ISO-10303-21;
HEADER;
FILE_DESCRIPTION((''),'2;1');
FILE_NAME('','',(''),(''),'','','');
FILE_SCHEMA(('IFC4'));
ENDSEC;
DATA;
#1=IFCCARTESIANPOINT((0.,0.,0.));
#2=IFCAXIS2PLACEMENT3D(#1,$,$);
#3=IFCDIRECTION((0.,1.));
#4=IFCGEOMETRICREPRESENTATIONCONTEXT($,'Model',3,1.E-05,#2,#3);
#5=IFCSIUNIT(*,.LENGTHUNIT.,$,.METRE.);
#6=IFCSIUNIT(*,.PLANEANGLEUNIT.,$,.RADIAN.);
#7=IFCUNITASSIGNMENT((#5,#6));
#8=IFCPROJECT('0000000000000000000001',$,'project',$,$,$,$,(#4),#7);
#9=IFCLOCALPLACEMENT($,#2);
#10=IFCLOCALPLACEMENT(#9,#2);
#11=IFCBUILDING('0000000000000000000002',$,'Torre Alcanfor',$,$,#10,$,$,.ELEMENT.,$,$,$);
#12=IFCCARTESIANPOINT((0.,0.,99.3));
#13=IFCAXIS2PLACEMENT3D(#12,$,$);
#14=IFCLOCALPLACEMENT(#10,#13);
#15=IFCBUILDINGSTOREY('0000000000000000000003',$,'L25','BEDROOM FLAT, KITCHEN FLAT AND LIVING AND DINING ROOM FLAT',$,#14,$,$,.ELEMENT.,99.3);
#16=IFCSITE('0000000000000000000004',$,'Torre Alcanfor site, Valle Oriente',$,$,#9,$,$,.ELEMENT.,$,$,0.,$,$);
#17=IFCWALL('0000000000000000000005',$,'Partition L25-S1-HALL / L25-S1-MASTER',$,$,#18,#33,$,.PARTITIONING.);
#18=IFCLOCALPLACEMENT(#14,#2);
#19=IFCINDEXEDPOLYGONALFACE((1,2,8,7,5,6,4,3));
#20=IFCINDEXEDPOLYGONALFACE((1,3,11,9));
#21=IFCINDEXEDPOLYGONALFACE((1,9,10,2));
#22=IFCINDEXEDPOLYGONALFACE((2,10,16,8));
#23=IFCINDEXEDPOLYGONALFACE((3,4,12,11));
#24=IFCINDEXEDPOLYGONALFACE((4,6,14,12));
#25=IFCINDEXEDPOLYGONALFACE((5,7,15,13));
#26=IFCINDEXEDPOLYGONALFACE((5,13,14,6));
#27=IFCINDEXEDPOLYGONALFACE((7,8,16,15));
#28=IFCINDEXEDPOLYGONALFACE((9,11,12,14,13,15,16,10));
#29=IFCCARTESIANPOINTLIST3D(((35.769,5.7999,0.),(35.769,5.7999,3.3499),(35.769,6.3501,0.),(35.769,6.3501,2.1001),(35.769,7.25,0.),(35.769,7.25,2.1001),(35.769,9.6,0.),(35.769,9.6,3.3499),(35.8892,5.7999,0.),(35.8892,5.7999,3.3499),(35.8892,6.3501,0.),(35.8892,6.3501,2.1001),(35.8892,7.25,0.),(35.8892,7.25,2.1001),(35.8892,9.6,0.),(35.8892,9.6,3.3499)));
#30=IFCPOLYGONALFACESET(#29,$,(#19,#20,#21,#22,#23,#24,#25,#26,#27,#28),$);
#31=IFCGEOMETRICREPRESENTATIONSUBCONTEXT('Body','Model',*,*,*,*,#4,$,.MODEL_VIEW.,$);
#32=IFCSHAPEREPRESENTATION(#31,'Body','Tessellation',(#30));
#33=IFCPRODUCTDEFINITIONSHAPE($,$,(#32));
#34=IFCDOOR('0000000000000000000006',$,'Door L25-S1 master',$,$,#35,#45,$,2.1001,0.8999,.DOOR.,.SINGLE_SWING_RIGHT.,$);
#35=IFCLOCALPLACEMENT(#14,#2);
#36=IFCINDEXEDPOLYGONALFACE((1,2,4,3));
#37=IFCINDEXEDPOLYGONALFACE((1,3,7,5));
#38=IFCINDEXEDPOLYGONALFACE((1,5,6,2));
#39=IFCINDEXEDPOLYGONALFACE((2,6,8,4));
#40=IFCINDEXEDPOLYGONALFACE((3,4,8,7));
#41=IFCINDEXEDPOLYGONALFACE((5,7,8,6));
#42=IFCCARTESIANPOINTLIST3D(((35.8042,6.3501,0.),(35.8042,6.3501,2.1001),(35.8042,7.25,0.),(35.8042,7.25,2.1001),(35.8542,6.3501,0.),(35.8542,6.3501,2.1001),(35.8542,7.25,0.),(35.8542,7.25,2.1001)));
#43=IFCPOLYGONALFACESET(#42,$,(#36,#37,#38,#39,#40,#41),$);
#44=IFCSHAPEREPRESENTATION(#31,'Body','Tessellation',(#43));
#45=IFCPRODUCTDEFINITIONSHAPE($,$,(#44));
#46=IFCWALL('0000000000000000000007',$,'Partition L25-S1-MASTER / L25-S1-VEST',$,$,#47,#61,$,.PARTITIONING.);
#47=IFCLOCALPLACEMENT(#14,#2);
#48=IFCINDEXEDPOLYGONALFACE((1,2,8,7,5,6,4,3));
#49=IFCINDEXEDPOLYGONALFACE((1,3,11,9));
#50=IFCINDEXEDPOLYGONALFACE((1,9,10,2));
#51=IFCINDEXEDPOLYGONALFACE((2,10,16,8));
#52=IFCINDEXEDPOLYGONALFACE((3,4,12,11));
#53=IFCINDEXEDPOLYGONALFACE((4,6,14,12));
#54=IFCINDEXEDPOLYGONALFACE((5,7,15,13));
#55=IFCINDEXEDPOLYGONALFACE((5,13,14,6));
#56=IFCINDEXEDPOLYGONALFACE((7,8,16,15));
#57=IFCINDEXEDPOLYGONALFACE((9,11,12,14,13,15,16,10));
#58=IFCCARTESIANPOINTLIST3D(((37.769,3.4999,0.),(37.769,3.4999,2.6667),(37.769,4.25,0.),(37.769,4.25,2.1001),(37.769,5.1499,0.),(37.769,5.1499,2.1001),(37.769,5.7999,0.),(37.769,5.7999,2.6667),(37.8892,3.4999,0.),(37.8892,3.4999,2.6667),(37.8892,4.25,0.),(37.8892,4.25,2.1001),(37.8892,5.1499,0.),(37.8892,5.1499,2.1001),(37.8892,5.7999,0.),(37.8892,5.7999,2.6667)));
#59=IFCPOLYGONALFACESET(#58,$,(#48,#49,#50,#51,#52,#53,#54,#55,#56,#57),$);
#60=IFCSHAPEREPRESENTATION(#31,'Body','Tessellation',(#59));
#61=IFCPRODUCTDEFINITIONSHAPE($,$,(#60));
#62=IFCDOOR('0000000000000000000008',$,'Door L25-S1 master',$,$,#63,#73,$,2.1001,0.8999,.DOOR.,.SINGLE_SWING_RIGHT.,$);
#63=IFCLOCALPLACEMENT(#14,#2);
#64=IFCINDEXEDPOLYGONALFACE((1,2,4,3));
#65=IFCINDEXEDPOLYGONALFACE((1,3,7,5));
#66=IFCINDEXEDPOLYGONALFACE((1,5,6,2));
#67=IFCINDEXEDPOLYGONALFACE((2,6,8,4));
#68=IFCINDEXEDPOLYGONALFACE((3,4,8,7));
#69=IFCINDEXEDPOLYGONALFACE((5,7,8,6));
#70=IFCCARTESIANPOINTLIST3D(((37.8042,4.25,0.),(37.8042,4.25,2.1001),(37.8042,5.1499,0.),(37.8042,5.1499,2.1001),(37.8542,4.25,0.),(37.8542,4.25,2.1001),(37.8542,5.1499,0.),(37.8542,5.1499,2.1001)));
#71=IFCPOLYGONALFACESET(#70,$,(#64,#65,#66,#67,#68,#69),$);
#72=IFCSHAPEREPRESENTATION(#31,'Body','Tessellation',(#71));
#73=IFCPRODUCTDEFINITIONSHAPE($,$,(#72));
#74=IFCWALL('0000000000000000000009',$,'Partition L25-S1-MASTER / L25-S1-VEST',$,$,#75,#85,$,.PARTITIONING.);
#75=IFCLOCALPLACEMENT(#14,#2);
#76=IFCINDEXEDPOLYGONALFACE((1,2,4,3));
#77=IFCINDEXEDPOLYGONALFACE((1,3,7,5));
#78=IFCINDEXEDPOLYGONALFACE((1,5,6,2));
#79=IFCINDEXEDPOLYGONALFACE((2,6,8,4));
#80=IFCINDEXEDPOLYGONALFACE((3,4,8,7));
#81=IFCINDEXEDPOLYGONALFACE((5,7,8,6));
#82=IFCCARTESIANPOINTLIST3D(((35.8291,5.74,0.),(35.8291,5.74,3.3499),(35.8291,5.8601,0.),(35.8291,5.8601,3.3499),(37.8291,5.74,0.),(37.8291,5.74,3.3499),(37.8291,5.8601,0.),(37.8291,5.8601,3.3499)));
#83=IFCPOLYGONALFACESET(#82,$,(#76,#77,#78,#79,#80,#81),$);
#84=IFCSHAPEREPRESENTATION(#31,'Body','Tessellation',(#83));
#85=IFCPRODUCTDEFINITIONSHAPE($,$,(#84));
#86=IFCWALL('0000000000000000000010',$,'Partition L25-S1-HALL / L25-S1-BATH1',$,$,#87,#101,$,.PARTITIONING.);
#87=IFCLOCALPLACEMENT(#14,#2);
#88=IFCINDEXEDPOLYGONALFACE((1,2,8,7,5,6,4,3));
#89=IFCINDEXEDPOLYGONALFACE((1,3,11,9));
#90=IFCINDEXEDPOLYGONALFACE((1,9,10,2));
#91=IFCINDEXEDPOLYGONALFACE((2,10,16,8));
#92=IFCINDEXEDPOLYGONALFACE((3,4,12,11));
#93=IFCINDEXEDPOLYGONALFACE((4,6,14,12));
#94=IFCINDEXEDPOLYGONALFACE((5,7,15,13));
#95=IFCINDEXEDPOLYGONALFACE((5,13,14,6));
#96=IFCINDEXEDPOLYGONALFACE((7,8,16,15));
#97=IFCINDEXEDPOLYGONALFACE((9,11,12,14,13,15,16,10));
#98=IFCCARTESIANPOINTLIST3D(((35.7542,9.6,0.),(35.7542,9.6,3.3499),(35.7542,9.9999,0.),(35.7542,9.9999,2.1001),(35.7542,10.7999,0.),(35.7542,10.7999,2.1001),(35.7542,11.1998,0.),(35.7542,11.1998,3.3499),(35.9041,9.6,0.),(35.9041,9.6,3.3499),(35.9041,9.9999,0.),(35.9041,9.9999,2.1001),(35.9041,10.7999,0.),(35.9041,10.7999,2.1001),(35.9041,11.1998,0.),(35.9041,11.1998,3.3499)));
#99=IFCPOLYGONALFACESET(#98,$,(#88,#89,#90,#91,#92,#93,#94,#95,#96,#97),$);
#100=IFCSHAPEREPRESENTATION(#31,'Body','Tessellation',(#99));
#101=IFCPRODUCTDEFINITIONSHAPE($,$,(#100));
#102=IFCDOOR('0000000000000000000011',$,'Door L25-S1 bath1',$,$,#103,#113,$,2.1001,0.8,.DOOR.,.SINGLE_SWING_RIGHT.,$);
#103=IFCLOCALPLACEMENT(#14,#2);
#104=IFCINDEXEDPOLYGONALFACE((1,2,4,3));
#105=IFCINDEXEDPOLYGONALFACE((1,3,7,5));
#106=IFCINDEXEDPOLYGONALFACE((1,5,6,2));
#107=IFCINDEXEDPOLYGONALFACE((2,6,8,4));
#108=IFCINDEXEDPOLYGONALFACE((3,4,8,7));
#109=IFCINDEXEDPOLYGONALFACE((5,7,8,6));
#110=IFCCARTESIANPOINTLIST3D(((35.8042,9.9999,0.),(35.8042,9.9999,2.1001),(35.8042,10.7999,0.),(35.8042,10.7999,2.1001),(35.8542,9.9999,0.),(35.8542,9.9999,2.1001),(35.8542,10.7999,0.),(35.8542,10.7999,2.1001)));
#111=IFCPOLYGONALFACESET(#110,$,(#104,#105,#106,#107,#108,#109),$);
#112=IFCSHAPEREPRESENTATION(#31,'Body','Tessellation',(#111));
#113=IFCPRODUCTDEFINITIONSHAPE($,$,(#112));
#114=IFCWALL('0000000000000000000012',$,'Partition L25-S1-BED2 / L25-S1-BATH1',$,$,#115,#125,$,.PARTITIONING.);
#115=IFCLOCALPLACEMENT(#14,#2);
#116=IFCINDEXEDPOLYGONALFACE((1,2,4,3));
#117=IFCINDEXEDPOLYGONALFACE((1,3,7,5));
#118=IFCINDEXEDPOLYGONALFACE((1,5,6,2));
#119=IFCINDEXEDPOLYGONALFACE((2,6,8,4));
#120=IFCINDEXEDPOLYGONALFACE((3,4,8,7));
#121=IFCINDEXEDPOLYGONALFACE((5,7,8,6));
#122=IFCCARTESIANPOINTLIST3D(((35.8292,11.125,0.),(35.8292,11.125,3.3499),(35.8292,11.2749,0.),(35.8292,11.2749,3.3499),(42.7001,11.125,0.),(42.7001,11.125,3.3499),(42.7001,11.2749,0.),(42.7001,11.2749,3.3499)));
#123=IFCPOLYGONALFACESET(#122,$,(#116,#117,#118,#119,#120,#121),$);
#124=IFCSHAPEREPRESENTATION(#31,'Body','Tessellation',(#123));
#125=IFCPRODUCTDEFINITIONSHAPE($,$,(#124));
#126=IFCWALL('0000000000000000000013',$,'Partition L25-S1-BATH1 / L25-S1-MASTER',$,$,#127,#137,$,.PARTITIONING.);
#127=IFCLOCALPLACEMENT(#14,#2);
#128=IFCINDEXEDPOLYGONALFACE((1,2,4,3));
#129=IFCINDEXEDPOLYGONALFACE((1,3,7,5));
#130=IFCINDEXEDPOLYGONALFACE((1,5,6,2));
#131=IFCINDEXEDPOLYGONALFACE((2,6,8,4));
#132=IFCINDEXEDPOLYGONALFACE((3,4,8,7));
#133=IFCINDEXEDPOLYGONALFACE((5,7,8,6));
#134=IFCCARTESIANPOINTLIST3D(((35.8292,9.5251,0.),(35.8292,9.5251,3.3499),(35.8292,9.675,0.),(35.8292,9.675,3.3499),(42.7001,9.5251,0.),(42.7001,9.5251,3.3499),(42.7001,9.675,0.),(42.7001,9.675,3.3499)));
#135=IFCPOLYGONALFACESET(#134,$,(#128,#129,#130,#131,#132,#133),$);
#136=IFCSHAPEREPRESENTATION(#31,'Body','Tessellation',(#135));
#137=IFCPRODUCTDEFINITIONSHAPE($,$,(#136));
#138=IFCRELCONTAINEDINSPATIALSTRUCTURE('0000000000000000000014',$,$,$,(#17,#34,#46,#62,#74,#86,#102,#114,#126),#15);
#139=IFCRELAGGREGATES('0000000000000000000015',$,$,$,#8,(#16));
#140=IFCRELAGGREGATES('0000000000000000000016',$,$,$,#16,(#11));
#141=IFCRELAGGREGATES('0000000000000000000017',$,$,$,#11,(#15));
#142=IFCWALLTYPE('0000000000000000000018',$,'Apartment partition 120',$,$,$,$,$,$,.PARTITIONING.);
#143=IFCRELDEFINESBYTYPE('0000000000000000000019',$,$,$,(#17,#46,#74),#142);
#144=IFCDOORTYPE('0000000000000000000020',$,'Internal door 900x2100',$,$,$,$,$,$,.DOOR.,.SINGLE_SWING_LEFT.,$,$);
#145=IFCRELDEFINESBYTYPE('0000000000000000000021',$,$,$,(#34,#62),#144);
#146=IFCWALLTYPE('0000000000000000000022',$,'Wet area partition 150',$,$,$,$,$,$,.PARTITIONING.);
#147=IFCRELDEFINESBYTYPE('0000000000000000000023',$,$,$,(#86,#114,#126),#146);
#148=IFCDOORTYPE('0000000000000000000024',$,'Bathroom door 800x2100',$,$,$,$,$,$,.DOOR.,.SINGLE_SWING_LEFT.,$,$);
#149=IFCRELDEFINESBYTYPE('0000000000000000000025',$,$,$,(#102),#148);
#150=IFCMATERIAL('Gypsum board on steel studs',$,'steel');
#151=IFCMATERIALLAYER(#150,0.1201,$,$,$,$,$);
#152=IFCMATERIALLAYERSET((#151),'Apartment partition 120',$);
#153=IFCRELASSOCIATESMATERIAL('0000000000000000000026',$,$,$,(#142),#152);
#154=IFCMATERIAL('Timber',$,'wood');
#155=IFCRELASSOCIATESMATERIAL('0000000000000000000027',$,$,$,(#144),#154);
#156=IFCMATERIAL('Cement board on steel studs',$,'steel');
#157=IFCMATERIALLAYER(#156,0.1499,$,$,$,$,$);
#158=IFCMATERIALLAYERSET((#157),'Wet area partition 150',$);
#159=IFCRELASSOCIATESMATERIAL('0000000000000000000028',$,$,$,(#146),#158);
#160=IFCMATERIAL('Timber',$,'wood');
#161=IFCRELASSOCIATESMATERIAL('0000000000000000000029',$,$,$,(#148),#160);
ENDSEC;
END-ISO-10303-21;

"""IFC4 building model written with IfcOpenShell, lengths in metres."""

from ifc_helpers import new_model, si_unit, direction, frame, frame_2d, origin, place, context, subcontext, project, spatial, rectangle, extrude, material, layer, layer_set, type_object, element, fill, save


model = new_model("IFC4")

# Units and contexts
model_context = context("Model", 3, precision=1e-05, world=origin(), true_north=direction((0.0, 1.0)))
body_context = subcontext(model_context, "Body", "Model", "MODEL_VIEW")
ifc_project = project(units=[si_unit("LENGTHUNIT", "METRE"), si_unit("PLANEANGLEUNIT", "RADIAN")], contexts=[model_context])

# Site, building, storey
site_placement = place(None, origin())
site = spatial("IfcSite", under=ifc_project, at=site_placement, Name="Torre Alcanfor site, Valle Oriente", CompositionType="ELEMENT", RefElevation=0.0)
building_placement = place(site_placement, origin())
building = spatial("IfcBuilding", under=site, at=building_placement, Name="Torre Alcanfor", CompositionType="ELEMENT")
storey_placement = place(building_placement, frame((0.0, 0.0, 99.3)))
storey = spatial("IfcBuildingStorey", under=building, at=storey_placement, Name="L25", Description="BEDROOM FLAT, KITCHEN FLAT AND LIVING AND DINING ROOM FLAT", CompositionType="ELEMENT", Elevation=99.3)

# Walls, openings, doors
ifc_material_1 = material(Name="Gypsum board on steel studs", Category="steel")
ifc_layer_1 = layer(ifc_material_1, 0.1201)
ifc_layer_set_1 = layer_set([ifc_layer_1], Name="Apartment partition 120")
wall_type_1 = type_object("IfcWallType", Name="Apartment partition 120", PredefinedType="PARTITIONING", material=ifc_layer_set_1)
ifc_material_2 = material(Name="Timber", Category="wood")
door_type_1 = type_object("IfcDoorType", Name="Internal door 900x2100", OperationType="SINGLE_SWING_LEFT", PredefinedType="DOOR", material=ifc_material_2)
wall_1_placement = place(storey_placement, frame((35.8291, 5.8, 0.0), z_axis=(0.0, 0.0, 1.0), x_axis=(0.0, 1.0, 0.0)))
wall_1 = element("IfcWall", 1, at=wall_1_placement, inside=storey, type_object=wall_type_1, Name="Partition L25-S1-HALL / L25-S1-MASTER", PredefinedType="PARTITIONING", context=body_context, shape_type="SweptSolid", body=[
    extrude(rectangle(XDim=3.8, YDim=0.1201, at=frame_2d((1.8999, 0.0))), origin(), (0.0, 0.0, 1.0), 3.3499),
])
opening_1_placement = place(wall_1_placement, frame((0.55, 0.0, 0.0)))
opening_1 = element("IfcOpeningElement", 2, at=opening_1_placement, cuts=wall_1, PredefinedType="OPENING", context=body_context, shape_type="SweptSolid", body=[
    extrude(rectangle(XDim=0.8999, YDim=2.1001, at=frame_2d((0.45, 1.05))), frame((0.0, 0.0701, 0.0), z_axis=(0.0, -1.0, 0.0), x_axis=(1.0, 0.0, 0.0)), (0.0, 0.0, 1.0), 0.1401),
])
door_1_placement = place(opening_1_placement, frame((0.8999, 0.0, 0.0), z_axis=(0.0, 0.0, 1.0), x_axis=(-1.0, 0.0, 0.0)))
door_1 = element("IfcDoor", 3, at=door_1_placement, inside=storey, type_object=door_type_1, Name="Door L25-S1 master", OperationType="SINGLE_SWING_RIGHT", OverallHeight=2.1001, OverallWidth=0.8999, PredefinedType="DOOR", context=body_context, shape_type="SweptSolid", body=[
    extrude(rectangle(XDim=0.8999, YDim=2.1001, at=frame_2d((0.45, 1.05))), frame((0.0, 0.0251, 0.0), z_axis=(0.0, -1.0, 0.0), x_axis=(1.0, 0.0, 0.0)), (0.0, 0.0, 1.0), 0.05),
])
fill(opening_1, door_1)
wall_2_placement = place(storey_placement, frame((37.8291, 3.5, 0.0), z_axis=(0.0, 0.0, 1.0), x_axis=(0.0, 1.0, 0.0)))
wall_2 = element("IfcWall", 4, at=wall_2_placement, inside=storey, type_object=wall_type_1, Name="Partition L25-S1-MASTER / L25-S1-VEST", PredefinedType="PARTITIONING", context=body_context, shape_type="SweptSolid", body=[
    extrude(rectangle(XDim=2.3, YDim=0.1201, at=frame_2d((1.1499, 0.0))), origin(), (0.0, 0.0, 1.0), 2.6667),
])
opening_2_placement = place(wall_2_placement, frame((0.75, 0.0, 0.0)))
opening_2 = element("IfcOpeningElement", 5, at=opening_2_placement, cuts=wall_2, PredefinedType="OPENING", context=body_context, shape_type="SweptSolid", body=[
    extrude(rectangle(XDim=0.8999, YDim=2.1001, at=frame_2d((0.45, 1.05))), frame((0.0, 0.0701, 0.0), z_axis=(0.0, -1.0, 0.0), x_axis=(1.0, 0.0, 0.0)), (0.0, 0.0, 1.0), 0.1401),
])
door_2_placement = place(opening_2_placement, origin())
door_2 = element("IfcDoor", 6, at=door_2_placement, inside=storey, type_object=door_type_1, Name="Door L25-S1 master", OperationType="SINGLE_SWING_RIGHT", OverallHeight=2.1001, OverallWidth=0.8999, PredefinedType="DOOR", context=body_context, shape_type="SweptSolid", body=[
    extrude(rectangle(XDim=0.8999, YDim=2.1001, at=frame_2d((0.45, 1.05))), frame((0.0, 0.0249, 0.0), z_axis=(0.0, -1.0, 0.0), x_axis=(1.0, 0.0, 0.0)), (0.0, 0.0, 1.0), 0.05),
])
fill(opening_2, door_2)

# Wall
wall_3_placement = place(storey_placement, frame((37.8291, 5.8, 0.0), z_axis=(0.0, 0.0, 1.0), x_axis=(-1.0, 0.0, 0.0)))
element("IfcWall", 7, at=wall_3_placement, inside=storey, type_object=wall_type_1, Name="Partition L25-S1-MASTER / L25-S1-VEST", PredefinedType="PARTITIONING", context=body_context, shape_type="SweptSolid", body=[
    extrude(rectangle(XDim=2.0, YDim=0.1201, at=frame_2d((1.0, 0.0))), origin(), (0.0, 0.0, 1.0), 3.3499),
])

# Wall, opening, door
ifc_material_3 = material(Name="Cement board on steel studs", Category="steel")
ifc_layer_2 = layer(ifc_material_3, 0.1499)
ifc_layer_set_2 = layer_set([ifc_layer_2], Name="Wet area partition 150")
wall_type_2 = type_object("IfcWallType", Name="Wet area partition 150", PredefinedType="PARTITIONING", material=ifc_layer_set_2)
wall_4_placement = place(storey_placement, frame((35.8291, 9.6001, 0.0), z_axis=(0.0, 0.0, 1.0), x_axis=(0.0, 1.0, 0.0)))
wall_4 = element("IfcWall", 8, at=wall_4_placement, inside=storey, type_object=wall_type_2, Name="Partition L25-S1-HALL / L25-S1-BATH1", PredefinedType="PARTITIONING", context=body_context, shape_type="SweptSolid", body=[
    extrude(rectangle(XDim=1.5999, YDim=0.1499, at=frame_2d((0.7998, 0.0))), origin(), (0.0, 0.0, 1.0), 3.3499),
])
opening_3_placement = place(wall_4_placement, frame((0.3999, 0.0, 0.0)))
opening_3 = element("IfcOpeningElement", 9, at=opening_3_placement, cuts=wall_4, PredefinedType="OPENING", context=body_context, shape_type="SweptSolid", body=[
    extrude(rectangle(XDim=0.8, YDim=2.1001, at=frame_2d((0.3999, 1.05))), frame((0.0, 0.085, 0.0), z_axis=(0.0, -1.0, 0.0), x_axis=(1.0, 0.0, 0.0)), (0.0, 0.0, 1.0), 0.1699),
])
ifc_material_4 = material(Name="Timber", Category="wood")
door_type_2 = type_object("IfcDoorType", Name="Bathroom door 800x2100", OperationType="SINGLE_SWING_LEFT", PredefinedType="DOOR", material=ifc_material_4)
door_3_placement = place(opening_3_placement, frame((0.8, 0.0, 0.0), z_axis=(0.0, 0.0, 1.0), x_axis=(-1.0, 0.0, 0.0)))
door_3 = element("IfcDoor", 10, at=door_3_placement, inside=storey, type_object=door_type_2, Name="Door L25-S1 bath1", OperationType="SINGLE_SWING_RIGHT", OverallHeight=2.1001, OverallWidth=0.8, PredefinedType="DOOR", context=body_context, shape_type="SweptSolid", body=[
    extrude(rectangle(XDim=0.8, YDim=2.1001, at=frame_2d((0.4001, 1.05))), frame((0.0, 0.0251, 0.0), z_axis=(0.0, -1.0, 0.0), x_axis=(1.0, 0.0, 0.0)), (0.0, 0.0, 1.0), 0.05),
])
fill(opening_3, door_3)

# Walls
for number, where, z_axis, x_axis, name in (
    (11, (35.8291, 11.2, 0.0), (0.0, 0.0, 1.0), (1.0, 0.0, 0.0), "Partition L25-S1-BED2 / L25-S1-BATH1"),
    (12, (35.8291, 9.6001, 0.0), (0.0, 0.0, 1.0), (1.0, 0.0, 0.0), "Partition L25-S1-BATH1 / L25-S1-MASTER"),
):
    element("IfcWall", number, at=place(storey_placement, frame(where, z_axis=z_axis, x_axis=x_axis)), inside=storey, type_object=wall_type_2, Name=name, PredefinedType="PARTITIONING", context=body_context, shape_type="SweptSolid", body=[
        extrude(rectangle(XDim=6.8708, YDim=0.1499, at=frame_2d((3.4355, 0.0))), origin(), (0.0, 0.0, 1.0), 3.3499),
    ])

save(model, "model.ifc")
